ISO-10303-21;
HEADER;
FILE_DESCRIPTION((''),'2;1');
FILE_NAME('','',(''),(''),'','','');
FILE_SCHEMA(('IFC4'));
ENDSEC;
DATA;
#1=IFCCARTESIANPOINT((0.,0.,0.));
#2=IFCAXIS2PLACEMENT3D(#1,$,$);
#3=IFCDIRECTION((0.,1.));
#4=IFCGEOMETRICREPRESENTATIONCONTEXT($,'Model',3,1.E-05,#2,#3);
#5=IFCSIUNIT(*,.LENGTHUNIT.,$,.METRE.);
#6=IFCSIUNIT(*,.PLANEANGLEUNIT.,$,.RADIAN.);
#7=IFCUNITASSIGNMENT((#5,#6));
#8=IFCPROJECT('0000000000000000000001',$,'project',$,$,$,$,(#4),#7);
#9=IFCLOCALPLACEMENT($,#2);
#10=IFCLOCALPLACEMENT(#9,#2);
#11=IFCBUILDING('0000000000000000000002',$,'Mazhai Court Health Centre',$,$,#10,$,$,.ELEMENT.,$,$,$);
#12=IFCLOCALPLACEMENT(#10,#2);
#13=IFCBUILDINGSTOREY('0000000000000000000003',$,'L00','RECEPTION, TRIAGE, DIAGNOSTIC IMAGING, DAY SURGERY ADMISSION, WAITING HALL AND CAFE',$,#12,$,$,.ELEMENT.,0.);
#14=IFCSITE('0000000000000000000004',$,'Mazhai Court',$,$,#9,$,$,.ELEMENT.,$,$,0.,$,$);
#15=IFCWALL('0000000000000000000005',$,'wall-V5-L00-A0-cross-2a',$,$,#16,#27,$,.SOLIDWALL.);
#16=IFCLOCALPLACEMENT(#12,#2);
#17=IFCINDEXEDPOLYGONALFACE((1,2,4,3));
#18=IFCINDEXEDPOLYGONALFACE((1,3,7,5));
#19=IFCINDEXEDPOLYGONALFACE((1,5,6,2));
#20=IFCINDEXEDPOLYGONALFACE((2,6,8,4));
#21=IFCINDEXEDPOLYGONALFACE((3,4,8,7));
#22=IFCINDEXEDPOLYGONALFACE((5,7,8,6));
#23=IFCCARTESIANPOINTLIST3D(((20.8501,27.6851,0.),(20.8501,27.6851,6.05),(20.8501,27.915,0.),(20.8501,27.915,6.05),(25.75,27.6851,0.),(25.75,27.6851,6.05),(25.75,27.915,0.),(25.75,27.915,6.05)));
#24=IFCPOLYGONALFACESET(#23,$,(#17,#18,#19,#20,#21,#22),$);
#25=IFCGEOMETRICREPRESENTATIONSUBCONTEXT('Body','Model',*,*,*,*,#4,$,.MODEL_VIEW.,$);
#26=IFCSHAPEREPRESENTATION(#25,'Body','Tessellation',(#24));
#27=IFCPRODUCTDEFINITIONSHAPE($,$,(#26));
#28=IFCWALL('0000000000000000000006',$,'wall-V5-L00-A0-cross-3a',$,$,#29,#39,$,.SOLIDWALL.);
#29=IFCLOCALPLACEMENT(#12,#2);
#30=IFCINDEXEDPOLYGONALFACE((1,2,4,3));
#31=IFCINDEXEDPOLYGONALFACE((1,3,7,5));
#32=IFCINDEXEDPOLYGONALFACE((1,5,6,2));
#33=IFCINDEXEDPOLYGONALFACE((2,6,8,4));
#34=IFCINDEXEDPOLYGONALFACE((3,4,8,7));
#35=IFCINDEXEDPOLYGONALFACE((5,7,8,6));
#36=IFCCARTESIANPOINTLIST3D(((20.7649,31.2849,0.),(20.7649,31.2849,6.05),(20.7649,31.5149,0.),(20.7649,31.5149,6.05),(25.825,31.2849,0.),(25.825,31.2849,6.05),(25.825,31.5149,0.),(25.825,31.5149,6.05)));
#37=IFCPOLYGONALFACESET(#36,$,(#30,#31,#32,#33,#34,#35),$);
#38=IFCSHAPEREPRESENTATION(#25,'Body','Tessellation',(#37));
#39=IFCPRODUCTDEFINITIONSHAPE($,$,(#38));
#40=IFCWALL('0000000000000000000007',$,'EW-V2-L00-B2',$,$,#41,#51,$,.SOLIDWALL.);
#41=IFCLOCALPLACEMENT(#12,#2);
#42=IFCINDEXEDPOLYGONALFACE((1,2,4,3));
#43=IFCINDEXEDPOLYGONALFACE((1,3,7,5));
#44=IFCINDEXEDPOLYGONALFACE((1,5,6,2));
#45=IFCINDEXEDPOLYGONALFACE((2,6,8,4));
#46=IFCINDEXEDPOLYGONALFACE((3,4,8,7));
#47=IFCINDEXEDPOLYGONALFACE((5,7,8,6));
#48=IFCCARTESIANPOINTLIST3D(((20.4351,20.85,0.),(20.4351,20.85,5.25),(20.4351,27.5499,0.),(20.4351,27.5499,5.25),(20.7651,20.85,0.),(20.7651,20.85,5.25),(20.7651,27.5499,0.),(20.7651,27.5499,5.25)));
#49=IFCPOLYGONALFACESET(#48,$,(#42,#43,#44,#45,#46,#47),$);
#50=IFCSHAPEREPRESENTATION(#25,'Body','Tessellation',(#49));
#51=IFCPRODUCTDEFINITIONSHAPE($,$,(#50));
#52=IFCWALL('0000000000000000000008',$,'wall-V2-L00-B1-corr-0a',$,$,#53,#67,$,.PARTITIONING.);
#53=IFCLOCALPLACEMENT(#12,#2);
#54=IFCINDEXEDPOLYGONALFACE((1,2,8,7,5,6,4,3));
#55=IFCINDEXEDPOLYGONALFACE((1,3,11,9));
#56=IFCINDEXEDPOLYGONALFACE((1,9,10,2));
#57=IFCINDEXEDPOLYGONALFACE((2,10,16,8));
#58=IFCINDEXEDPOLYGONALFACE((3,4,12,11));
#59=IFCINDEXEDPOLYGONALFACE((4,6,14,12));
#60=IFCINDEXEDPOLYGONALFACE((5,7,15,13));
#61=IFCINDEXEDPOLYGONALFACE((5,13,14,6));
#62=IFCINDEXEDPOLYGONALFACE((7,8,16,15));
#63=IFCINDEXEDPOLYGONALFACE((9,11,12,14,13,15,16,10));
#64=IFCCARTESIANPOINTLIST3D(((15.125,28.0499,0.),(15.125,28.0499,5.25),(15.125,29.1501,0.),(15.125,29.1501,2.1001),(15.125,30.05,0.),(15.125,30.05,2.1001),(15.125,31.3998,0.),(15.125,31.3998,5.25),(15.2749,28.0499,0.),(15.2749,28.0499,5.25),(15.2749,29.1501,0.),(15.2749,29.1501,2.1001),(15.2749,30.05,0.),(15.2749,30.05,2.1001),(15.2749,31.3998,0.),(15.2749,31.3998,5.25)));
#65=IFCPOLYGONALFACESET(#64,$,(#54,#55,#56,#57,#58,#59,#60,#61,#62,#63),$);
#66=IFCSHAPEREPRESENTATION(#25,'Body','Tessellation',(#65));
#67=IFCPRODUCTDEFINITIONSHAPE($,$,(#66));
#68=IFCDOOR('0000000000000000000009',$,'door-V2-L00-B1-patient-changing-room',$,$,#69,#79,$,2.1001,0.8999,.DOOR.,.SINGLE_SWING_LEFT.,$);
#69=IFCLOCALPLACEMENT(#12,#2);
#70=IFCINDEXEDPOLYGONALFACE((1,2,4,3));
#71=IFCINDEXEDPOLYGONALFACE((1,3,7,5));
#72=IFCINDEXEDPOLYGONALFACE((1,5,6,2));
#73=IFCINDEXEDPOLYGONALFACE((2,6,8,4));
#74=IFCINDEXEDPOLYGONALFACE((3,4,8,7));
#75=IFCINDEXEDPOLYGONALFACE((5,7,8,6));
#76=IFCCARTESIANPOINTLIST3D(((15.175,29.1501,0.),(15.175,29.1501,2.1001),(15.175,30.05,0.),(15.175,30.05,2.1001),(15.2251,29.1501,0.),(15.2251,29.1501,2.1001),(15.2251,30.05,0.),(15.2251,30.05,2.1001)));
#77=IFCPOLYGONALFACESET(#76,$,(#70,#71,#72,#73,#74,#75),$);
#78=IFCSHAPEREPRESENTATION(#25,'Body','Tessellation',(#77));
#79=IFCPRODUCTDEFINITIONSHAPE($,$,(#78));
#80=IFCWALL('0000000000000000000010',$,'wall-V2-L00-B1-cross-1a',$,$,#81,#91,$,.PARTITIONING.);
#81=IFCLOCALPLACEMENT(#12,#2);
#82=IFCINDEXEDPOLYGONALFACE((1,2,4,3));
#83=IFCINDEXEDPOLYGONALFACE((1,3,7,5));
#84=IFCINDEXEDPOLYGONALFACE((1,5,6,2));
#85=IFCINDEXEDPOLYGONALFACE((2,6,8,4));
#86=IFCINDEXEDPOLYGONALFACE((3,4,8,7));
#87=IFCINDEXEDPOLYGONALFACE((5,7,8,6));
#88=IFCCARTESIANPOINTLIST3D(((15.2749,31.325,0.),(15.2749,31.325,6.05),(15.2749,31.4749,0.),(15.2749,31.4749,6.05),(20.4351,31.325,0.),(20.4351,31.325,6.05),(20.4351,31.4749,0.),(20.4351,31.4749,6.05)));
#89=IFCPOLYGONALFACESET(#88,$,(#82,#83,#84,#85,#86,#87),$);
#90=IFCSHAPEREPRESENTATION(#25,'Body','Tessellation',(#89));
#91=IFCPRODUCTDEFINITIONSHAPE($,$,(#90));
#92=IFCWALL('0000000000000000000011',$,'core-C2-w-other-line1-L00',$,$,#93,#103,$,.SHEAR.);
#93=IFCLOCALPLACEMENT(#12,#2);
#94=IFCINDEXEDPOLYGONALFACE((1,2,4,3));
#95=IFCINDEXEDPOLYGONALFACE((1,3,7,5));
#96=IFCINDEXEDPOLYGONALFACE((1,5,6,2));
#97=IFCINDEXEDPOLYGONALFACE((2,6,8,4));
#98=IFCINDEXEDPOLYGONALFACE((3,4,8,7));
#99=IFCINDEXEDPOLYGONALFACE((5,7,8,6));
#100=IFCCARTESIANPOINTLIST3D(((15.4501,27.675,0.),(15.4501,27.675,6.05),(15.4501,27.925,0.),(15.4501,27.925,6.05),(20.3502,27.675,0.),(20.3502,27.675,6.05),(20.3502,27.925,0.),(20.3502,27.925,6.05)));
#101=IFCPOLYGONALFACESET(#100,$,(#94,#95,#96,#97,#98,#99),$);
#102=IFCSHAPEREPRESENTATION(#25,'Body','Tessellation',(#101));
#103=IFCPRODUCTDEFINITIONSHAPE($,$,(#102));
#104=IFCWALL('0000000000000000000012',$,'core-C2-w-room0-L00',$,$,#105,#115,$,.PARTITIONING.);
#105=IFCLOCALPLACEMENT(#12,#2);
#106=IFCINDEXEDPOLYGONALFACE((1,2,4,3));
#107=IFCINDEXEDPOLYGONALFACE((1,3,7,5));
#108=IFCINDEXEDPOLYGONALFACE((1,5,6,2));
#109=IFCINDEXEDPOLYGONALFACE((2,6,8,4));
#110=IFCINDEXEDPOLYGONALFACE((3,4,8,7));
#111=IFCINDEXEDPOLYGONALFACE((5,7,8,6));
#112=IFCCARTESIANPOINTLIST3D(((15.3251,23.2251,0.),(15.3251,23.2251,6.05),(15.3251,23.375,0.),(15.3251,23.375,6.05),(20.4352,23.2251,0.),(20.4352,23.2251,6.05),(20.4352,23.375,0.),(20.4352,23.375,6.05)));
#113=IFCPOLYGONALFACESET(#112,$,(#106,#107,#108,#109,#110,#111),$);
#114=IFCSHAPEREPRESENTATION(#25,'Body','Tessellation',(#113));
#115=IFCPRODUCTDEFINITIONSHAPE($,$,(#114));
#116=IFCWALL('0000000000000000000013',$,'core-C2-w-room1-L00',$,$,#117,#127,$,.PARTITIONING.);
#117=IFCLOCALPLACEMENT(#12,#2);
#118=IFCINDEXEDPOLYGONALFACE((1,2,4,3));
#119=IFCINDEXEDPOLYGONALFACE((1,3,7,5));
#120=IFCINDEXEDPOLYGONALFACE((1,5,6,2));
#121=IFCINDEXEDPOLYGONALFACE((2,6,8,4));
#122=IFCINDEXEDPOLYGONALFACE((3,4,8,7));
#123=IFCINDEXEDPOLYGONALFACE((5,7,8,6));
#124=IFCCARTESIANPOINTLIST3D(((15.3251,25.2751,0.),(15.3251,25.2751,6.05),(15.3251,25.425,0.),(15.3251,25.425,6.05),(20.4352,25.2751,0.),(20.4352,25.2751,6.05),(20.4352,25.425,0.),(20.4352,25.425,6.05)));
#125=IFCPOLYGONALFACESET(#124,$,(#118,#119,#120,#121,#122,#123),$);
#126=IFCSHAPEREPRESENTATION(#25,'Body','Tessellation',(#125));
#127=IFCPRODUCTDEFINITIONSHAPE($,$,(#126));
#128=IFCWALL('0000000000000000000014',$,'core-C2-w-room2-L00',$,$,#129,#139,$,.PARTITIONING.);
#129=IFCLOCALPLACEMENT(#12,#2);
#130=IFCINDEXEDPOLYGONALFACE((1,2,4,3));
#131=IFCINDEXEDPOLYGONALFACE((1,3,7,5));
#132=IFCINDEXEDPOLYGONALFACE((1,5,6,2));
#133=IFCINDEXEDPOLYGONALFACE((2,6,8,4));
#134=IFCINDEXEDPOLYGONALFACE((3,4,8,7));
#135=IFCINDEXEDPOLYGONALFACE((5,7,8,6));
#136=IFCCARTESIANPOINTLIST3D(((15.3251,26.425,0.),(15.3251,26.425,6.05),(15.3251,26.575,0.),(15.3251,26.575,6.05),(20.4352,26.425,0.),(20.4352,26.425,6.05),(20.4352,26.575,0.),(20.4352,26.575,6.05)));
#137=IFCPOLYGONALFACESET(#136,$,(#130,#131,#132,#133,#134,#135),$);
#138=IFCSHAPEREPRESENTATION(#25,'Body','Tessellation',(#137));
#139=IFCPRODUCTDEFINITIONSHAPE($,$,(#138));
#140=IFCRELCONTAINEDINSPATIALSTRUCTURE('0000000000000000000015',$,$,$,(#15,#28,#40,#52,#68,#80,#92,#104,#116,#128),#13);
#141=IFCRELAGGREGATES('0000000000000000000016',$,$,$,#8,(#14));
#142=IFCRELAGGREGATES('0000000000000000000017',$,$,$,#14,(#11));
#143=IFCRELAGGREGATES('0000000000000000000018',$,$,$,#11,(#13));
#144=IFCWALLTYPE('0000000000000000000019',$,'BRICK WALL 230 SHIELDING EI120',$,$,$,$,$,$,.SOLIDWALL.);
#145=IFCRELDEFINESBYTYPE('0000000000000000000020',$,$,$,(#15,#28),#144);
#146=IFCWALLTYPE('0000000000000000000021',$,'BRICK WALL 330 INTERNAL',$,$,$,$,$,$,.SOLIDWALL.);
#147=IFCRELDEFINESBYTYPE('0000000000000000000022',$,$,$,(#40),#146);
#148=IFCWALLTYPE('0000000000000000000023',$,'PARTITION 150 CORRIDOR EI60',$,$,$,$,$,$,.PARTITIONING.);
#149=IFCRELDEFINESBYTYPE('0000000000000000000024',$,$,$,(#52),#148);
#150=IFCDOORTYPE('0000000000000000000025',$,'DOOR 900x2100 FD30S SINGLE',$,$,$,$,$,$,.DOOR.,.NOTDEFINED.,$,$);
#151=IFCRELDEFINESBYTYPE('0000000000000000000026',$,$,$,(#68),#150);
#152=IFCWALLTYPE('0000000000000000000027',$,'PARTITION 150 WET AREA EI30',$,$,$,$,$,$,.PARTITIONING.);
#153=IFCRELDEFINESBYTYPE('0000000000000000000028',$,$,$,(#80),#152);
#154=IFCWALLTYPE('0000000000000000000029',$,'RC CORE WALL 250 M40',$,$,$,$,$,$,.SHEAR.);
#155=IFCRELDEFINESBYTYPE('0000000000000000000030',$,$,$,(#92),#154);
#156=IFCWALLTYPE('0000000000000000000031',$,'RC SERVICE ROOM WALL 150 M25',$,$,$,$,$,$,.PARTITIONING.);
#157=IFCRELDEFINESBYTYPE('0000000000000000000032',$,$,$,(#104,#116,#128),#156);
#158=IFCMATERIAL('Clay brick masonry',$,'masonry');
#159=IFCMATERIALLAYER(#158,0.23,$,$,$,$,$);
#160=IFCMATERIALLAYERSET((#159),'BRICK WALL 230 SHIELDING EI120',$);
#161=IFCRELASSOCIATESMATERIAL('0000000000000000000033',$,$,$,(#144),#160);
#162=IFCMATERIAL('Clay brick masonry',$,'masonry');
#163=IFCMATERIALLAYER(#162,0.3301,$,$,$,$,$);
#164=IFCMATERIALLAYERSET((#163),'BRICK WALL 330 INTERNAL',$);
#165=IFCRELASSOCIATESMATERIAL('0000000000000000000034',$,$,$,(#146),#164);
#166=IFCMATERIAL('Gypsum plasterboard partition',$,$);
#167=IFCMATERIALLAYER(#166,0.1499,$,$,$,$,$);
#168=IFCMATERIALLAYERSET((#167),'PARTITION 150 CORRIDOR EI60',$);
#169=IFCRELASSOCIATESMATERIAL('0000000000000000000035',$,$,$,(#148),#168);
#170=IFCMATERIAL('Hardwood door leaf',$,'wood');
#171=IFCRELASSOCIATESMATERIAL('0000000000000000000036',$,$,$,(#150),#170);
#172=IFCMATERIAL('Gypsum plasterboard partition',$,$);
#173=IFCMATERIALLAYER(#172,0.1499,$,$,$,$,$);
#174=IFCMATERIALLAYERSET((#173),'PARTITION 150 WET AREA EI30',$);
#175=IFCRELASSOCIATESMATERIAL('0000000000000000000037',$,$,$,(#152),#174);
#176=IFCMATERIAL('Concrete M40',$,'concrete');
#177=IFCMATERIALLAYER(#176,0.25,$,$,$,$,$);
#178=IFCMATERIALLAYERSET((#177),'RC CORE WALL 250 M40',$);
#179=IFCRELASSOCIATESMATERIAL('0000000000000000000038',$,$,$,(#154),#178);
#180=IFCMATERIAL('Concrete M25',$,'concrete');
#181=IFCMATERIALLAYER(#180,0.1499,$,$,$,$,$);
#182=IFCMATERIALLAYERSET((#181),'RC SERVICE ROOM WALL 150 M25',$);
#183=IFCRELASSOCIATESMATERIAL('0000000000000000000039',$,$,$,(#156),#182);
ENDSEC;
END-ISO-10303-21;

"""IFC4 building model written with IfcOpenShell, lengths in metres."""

from ifc_helpers import new_model, si_unit, direction, frame, frame_2d, origin, place, context, subcontext, project, spatial, rectangle, extrude, material, layer, layer_set, type_object, element, fill, save


model = new_model("IFC4")

# Units and contexts
model_context = context("Model", 3, precision=1e-05, world=origin(), true_north=direction((0.0, 1.0)))
body_context = subcontext(model_context, "Body", "Model", "MODEL_VIEW")
ifc_project = project(units=[si_unit("LENGTHUNIT", "METRE"), si_unit("PLANEANGLEUNIT", "RADIAN")], contexts=[model_context])

# Site, building, storey
site_placement = place(None, origin())
site = spatial("IfcSite", under=ifc_project, at=site_placement, Name="Mazhai Court", CompositionType="ELEMENT", RefElevation=0.0)
building_placement = place(site_placement, origin())
building = spatial("IfcBuilding", under=site, at=building_placement, Name="Mazhai Court Health Centre", CompositionType="ELEMENT")
storey_placement = place(building_placement, origin())
storey = spatial("IfcBuildingStorey", under=building, at=storey_placement, Name="L00", Description="RECEPTION, TRIAGE, DIAGNOSTIC IMAGING, DAY SURGERY ADMISSION, WAITING HALL AND CAFE", CompositionType="ELEMENT", Elevation=0.0)

# Walls
ifc_material_1 = material(Name="Clay brick masonry", Category="masonry")
ifc_layer_1 = layer(ifc_material_1, 0.23)
ifc_layer_set_1 = layer_set([ifc_layer_1], Name="BRICK WALL 230 SHIELDING EI120")
wall_type_1 = type_object("IfcWallType", Name="BRICK WALL 230 SHIELDING EI120", PredefinedType="SOLIDWALL", material=ifc_layer_set_1)
wall_1_placement = place(storey_placement, frame((20.8501, 27.8, 0.0), z_axis=(0.0, 0.0, 1.0), x_axis=(1.0, 0.0, 0.0)))
element("IfcWall", 1, at=wall_1_placement, inside=storey, type_object=wall_type_1, Name="wall-V5-L00-A0-cross-2a", PredefinedType="SOLIDWALL", context=body_context, shape_type="SweptSolid", body=[
    extrude(rectangle(XDim=4.8999, YDim=0.23, at=frame_2d((2.45, 0.0))), origin(), (0.0, 0.0, 1.0), 6.05),
])
wall_2_placement = place(storey_placement, frame((20.7649, 31.3999, 0.0), z_axis=(0.0, 0.0, 1.0), x_axis=(1.0, 0.0, 0.0)))
element("IfcWall", 2, at=wall_2_placement, inside=storey, type_object=wall_type_1, Name="wall-V5-L00-A0-cross-3a", PredefinedType="SOLIDWALL", context=body_context, shape_type="SweptSolid", body=[
    extrude(rectangle(XDim=5.0601, YDim=0.23, at=frame_2d((2.53, 0.0))), origin(), (0.0, 0.0, 1.0), 6.05),
])
ifc_material_2 = material(Name="Clay brick masonry", Category="masonry")
ifc_layer_2 = layer(ifc_material_2, 0.3301)
ifc_layer_set_2 = layer_set([ifc_layer_2], Name="BRICK WALL 330 INTERNAL")
wall_type_2 = type_object("IfcWallType", Name="BRICK WALL 330 INTERNAL", PredefinedType="SOLIDWALL", material=ifc_layer_set_2)
wall_3_placement = place(storey_placement, frame((20.6001, 27.55, 0.0), z_axis=(0.0, 0.0, 1.0), x_axis=(0.0, -1.0, 0.0)))
element("IfcWall", 3, at=wall_3_placement, inside=storey, type_object=wall_type_2, Name="EW-V2-L00-B2", PredefinedType="SOLIDWALL", context=body_context, shape_type="SweptSolid", body=[
    extrude(rectangle(XDim=6.7, YDim=0.3301, at=frame_2d((3.3501, 0.0))), origin(), (0.0, 0.0, 1.0), 5.25),
])

# Wall, opening, door
ifc_material_3 = material(Name="Gypsum plasterboard partition")
ifc_layer_3 = layer(ifc_material_3, 0.1499)
ifc_layer_set_3 = layer_set([ifc_layer_3], Name="PARTITION 150 CORRIDOR EI60")
wall_type_3 = type_object("IfcWallType", Name="PARTITION 150 CORRIDOR EI60", PredefinedType="PARTITIONING", material=ifc_layer_set_3)
wall_4_placement = place(storey_placement, frame((15.2, 28.05, 0.0), z_axis=(0.0, 0.0, 1.0), x_axis=(0.0, 1.0, 0.0)))
wall_4 = element("IfcWall", 4, at=wall_4_placement, inside=storey, type_object=wall_type_3, Name="wall-V2-L00-B1-corr-0a", PredefinedType="PARTITIONING", context=body_context, shape_type="SweptSolid", body=[
    extrude(rectangle(XDim=3.3499, YDim=0.1499, at=frame_2d((1.6748, 0.0))), origin(), (0.0, 0.0, 1.0), 5.25),
])
opening_placement = place(wall_4_placement, frame((1.1001, 0.0, 0.0)))
opening = element("IfcOpeningElement", 5, at=opening_placement, cuts=wall_4, PredefinedType="OPENING", context=body_context, shape_type="SweptSolid", body=[
    extrude(rectangle(XDim=0.8999, YDim=2.1001, at=frame_2d((0.45, 1.05))), frame((0.0, 0.085, 0.0), z_axis=(0.0, -1.0, 0.0), x_axis=(1.0, 0.0, 0.0)), (0.0, 0.0, 1.0), 0.1699),
])
ifc_material_4 = material(Name="Hardwood door leaf", Category="wood")
door_type = type_object("IfcDoorType", Name="DOOR 900x2100 FD30S SINGLE", OperationType="NOTDEFINED", PredefinedType="DOOR", material=ifc_material_4)
door_placement = place(opening_placement, origin())
door = element("IfcDoor", 6, at=door_placement, inside=storey, type_object=door_type, Name="door-V2-L00-B1-patient-changing-room", OperationType="SINGLE_SWING_LEFT", OverallHeight=2.1001, OverallWidth=0.8999, PredefinedType="DOOR", context=body_context, shape_type="SweptSolid", body=[
    extrude(rectangle(XDim=0.8999, YDim=2.1001, at=frame_2d((0.45, 1.05))), frame((0.0, 0.0249, 0.0), z_axis=(0.0, -1.0, 0.0), x_axis=(1.0, 0.0, 0.0)), (0.0, 0.0, 1.0), 0.05),
])
fill(opening, door)

# Walls
ifc_material_5 = material(Name="Gypsum plasterboard partition")
ifc_layer_4 = layer(ifc_material_5, 0.1499)
ifc_layer_set_4 = layer_set([ifc_layer_4], Name="PARTITION 150 WET AREA EI30")
wall_type_4 = type_object("IfcWallType", Name="PARTITION 150 WET AREA EI30", PredefinedType="PARTITIONING", material=ifc_layer_set_4)
wall_5_placement = place(storey_placement, frame((20.4351, 31.3999, 0.0), z_axis=(0.0, 0.0, 1.0), x_axis=(-1.0, 0.0, 0.0)))
element("IfcWall", 7, at=wall_5_placement, inside=storey, type_object=wall_type_4, Name="wall-V2-L00-B1-cross-1a", PredefinedType="PARTITIONING", context=body_context, shape_type="SweptSolid", body=[
    extrude(rectangle(XDim=5.1602, YDim=0.1499, at=frame_2d((2.5801, 0.0))), origin(), (0.0, 0.0, 1.0), 6.05),
])
ifc_material_6 = material(Name="Concrete M40", Category="concrete")
ifc_layer_5 = layer(ifc_material_6, 0.25)
ifc_layer_set_5 = layer_set([ifc_layer_5], Name="RC CORE WALL 250 M40")
wall_type_5 = type_object("IfcWallType", Name="RC CORE WALL 250 M40", PredefinedType="SHEAR", material=ifc_layer_set_5)
wall_6_placement = place(storey_placement, frame((15.45, 27.8, 0.0), z_axis=(0.0, 0.0, 1.0), x_axis=(1.0, 0.0, 0.0)))
element("IfcWall", 8, at=wall_6_placement, inside=storey, type_object=wall_type_5, Name="core-C2-w-other-line1-L00", PredefinedType="SHEAR", context=body_context, shape_type="SweptSolid", body=[
    extrude(rectangle(XDim=4.9001, YDim=0.25, at=frame_2d((2.4502, 0.0))), origin(), (0.0, 0.0, 1.0), 6.05),
])
ifc_material_7 = material(Name="Concrete M25", Category="concrete")
ifc_layer_6 = layer(ifc_material_7, 0.1499)
ifc_layer_set_6 = layer_set([ifc_layer_6], Name="RC SERVICE ROOM WALL 150 M25")
wall_type_6 = type_object("IfcWallType", Name="RC SERVICE ROOM WALL 150 M25", PredefinedType="PARTITIONING", material=ifc_layer_set_6)
for number, where, z_axis, x_axis, name in (
    (9, (15.325, 23.3, 0.0), (0.0, 0.0, 1.0), (1.0, 0.0, 0.0), "core-C2-w-room0-L00"),
    (10, (15.325, 25.3501, 0.0), (0.0, 0.0, 1.0), (1.0, 0.0, 0.0), "core-C2-w-room1-L00"),
    (11, (15.325, 26.5, 0.0), (0.0, 0.0, 1.0), (1.0, 0.0, 0.0), "core-C2-w-room2-L00"),
):
    element("IfcWall", number, at=place(storey_placement, frame(where, z_axis=z_axis, x_axis=x_axis)), inside=storey, type_object=wall_type_6, Name=name, PredefinedType="PARTITIONING", context=body_context, shape_type="SweptSolid", body=[
        extrude(rectangle(XDim=5.1101, YDim=0.1499, at=frame_2d((2.5552, 0.0))), origin(), (0.0, 0.0, 1.0), 6.05),
    ])

save(model, "model.ifc")
